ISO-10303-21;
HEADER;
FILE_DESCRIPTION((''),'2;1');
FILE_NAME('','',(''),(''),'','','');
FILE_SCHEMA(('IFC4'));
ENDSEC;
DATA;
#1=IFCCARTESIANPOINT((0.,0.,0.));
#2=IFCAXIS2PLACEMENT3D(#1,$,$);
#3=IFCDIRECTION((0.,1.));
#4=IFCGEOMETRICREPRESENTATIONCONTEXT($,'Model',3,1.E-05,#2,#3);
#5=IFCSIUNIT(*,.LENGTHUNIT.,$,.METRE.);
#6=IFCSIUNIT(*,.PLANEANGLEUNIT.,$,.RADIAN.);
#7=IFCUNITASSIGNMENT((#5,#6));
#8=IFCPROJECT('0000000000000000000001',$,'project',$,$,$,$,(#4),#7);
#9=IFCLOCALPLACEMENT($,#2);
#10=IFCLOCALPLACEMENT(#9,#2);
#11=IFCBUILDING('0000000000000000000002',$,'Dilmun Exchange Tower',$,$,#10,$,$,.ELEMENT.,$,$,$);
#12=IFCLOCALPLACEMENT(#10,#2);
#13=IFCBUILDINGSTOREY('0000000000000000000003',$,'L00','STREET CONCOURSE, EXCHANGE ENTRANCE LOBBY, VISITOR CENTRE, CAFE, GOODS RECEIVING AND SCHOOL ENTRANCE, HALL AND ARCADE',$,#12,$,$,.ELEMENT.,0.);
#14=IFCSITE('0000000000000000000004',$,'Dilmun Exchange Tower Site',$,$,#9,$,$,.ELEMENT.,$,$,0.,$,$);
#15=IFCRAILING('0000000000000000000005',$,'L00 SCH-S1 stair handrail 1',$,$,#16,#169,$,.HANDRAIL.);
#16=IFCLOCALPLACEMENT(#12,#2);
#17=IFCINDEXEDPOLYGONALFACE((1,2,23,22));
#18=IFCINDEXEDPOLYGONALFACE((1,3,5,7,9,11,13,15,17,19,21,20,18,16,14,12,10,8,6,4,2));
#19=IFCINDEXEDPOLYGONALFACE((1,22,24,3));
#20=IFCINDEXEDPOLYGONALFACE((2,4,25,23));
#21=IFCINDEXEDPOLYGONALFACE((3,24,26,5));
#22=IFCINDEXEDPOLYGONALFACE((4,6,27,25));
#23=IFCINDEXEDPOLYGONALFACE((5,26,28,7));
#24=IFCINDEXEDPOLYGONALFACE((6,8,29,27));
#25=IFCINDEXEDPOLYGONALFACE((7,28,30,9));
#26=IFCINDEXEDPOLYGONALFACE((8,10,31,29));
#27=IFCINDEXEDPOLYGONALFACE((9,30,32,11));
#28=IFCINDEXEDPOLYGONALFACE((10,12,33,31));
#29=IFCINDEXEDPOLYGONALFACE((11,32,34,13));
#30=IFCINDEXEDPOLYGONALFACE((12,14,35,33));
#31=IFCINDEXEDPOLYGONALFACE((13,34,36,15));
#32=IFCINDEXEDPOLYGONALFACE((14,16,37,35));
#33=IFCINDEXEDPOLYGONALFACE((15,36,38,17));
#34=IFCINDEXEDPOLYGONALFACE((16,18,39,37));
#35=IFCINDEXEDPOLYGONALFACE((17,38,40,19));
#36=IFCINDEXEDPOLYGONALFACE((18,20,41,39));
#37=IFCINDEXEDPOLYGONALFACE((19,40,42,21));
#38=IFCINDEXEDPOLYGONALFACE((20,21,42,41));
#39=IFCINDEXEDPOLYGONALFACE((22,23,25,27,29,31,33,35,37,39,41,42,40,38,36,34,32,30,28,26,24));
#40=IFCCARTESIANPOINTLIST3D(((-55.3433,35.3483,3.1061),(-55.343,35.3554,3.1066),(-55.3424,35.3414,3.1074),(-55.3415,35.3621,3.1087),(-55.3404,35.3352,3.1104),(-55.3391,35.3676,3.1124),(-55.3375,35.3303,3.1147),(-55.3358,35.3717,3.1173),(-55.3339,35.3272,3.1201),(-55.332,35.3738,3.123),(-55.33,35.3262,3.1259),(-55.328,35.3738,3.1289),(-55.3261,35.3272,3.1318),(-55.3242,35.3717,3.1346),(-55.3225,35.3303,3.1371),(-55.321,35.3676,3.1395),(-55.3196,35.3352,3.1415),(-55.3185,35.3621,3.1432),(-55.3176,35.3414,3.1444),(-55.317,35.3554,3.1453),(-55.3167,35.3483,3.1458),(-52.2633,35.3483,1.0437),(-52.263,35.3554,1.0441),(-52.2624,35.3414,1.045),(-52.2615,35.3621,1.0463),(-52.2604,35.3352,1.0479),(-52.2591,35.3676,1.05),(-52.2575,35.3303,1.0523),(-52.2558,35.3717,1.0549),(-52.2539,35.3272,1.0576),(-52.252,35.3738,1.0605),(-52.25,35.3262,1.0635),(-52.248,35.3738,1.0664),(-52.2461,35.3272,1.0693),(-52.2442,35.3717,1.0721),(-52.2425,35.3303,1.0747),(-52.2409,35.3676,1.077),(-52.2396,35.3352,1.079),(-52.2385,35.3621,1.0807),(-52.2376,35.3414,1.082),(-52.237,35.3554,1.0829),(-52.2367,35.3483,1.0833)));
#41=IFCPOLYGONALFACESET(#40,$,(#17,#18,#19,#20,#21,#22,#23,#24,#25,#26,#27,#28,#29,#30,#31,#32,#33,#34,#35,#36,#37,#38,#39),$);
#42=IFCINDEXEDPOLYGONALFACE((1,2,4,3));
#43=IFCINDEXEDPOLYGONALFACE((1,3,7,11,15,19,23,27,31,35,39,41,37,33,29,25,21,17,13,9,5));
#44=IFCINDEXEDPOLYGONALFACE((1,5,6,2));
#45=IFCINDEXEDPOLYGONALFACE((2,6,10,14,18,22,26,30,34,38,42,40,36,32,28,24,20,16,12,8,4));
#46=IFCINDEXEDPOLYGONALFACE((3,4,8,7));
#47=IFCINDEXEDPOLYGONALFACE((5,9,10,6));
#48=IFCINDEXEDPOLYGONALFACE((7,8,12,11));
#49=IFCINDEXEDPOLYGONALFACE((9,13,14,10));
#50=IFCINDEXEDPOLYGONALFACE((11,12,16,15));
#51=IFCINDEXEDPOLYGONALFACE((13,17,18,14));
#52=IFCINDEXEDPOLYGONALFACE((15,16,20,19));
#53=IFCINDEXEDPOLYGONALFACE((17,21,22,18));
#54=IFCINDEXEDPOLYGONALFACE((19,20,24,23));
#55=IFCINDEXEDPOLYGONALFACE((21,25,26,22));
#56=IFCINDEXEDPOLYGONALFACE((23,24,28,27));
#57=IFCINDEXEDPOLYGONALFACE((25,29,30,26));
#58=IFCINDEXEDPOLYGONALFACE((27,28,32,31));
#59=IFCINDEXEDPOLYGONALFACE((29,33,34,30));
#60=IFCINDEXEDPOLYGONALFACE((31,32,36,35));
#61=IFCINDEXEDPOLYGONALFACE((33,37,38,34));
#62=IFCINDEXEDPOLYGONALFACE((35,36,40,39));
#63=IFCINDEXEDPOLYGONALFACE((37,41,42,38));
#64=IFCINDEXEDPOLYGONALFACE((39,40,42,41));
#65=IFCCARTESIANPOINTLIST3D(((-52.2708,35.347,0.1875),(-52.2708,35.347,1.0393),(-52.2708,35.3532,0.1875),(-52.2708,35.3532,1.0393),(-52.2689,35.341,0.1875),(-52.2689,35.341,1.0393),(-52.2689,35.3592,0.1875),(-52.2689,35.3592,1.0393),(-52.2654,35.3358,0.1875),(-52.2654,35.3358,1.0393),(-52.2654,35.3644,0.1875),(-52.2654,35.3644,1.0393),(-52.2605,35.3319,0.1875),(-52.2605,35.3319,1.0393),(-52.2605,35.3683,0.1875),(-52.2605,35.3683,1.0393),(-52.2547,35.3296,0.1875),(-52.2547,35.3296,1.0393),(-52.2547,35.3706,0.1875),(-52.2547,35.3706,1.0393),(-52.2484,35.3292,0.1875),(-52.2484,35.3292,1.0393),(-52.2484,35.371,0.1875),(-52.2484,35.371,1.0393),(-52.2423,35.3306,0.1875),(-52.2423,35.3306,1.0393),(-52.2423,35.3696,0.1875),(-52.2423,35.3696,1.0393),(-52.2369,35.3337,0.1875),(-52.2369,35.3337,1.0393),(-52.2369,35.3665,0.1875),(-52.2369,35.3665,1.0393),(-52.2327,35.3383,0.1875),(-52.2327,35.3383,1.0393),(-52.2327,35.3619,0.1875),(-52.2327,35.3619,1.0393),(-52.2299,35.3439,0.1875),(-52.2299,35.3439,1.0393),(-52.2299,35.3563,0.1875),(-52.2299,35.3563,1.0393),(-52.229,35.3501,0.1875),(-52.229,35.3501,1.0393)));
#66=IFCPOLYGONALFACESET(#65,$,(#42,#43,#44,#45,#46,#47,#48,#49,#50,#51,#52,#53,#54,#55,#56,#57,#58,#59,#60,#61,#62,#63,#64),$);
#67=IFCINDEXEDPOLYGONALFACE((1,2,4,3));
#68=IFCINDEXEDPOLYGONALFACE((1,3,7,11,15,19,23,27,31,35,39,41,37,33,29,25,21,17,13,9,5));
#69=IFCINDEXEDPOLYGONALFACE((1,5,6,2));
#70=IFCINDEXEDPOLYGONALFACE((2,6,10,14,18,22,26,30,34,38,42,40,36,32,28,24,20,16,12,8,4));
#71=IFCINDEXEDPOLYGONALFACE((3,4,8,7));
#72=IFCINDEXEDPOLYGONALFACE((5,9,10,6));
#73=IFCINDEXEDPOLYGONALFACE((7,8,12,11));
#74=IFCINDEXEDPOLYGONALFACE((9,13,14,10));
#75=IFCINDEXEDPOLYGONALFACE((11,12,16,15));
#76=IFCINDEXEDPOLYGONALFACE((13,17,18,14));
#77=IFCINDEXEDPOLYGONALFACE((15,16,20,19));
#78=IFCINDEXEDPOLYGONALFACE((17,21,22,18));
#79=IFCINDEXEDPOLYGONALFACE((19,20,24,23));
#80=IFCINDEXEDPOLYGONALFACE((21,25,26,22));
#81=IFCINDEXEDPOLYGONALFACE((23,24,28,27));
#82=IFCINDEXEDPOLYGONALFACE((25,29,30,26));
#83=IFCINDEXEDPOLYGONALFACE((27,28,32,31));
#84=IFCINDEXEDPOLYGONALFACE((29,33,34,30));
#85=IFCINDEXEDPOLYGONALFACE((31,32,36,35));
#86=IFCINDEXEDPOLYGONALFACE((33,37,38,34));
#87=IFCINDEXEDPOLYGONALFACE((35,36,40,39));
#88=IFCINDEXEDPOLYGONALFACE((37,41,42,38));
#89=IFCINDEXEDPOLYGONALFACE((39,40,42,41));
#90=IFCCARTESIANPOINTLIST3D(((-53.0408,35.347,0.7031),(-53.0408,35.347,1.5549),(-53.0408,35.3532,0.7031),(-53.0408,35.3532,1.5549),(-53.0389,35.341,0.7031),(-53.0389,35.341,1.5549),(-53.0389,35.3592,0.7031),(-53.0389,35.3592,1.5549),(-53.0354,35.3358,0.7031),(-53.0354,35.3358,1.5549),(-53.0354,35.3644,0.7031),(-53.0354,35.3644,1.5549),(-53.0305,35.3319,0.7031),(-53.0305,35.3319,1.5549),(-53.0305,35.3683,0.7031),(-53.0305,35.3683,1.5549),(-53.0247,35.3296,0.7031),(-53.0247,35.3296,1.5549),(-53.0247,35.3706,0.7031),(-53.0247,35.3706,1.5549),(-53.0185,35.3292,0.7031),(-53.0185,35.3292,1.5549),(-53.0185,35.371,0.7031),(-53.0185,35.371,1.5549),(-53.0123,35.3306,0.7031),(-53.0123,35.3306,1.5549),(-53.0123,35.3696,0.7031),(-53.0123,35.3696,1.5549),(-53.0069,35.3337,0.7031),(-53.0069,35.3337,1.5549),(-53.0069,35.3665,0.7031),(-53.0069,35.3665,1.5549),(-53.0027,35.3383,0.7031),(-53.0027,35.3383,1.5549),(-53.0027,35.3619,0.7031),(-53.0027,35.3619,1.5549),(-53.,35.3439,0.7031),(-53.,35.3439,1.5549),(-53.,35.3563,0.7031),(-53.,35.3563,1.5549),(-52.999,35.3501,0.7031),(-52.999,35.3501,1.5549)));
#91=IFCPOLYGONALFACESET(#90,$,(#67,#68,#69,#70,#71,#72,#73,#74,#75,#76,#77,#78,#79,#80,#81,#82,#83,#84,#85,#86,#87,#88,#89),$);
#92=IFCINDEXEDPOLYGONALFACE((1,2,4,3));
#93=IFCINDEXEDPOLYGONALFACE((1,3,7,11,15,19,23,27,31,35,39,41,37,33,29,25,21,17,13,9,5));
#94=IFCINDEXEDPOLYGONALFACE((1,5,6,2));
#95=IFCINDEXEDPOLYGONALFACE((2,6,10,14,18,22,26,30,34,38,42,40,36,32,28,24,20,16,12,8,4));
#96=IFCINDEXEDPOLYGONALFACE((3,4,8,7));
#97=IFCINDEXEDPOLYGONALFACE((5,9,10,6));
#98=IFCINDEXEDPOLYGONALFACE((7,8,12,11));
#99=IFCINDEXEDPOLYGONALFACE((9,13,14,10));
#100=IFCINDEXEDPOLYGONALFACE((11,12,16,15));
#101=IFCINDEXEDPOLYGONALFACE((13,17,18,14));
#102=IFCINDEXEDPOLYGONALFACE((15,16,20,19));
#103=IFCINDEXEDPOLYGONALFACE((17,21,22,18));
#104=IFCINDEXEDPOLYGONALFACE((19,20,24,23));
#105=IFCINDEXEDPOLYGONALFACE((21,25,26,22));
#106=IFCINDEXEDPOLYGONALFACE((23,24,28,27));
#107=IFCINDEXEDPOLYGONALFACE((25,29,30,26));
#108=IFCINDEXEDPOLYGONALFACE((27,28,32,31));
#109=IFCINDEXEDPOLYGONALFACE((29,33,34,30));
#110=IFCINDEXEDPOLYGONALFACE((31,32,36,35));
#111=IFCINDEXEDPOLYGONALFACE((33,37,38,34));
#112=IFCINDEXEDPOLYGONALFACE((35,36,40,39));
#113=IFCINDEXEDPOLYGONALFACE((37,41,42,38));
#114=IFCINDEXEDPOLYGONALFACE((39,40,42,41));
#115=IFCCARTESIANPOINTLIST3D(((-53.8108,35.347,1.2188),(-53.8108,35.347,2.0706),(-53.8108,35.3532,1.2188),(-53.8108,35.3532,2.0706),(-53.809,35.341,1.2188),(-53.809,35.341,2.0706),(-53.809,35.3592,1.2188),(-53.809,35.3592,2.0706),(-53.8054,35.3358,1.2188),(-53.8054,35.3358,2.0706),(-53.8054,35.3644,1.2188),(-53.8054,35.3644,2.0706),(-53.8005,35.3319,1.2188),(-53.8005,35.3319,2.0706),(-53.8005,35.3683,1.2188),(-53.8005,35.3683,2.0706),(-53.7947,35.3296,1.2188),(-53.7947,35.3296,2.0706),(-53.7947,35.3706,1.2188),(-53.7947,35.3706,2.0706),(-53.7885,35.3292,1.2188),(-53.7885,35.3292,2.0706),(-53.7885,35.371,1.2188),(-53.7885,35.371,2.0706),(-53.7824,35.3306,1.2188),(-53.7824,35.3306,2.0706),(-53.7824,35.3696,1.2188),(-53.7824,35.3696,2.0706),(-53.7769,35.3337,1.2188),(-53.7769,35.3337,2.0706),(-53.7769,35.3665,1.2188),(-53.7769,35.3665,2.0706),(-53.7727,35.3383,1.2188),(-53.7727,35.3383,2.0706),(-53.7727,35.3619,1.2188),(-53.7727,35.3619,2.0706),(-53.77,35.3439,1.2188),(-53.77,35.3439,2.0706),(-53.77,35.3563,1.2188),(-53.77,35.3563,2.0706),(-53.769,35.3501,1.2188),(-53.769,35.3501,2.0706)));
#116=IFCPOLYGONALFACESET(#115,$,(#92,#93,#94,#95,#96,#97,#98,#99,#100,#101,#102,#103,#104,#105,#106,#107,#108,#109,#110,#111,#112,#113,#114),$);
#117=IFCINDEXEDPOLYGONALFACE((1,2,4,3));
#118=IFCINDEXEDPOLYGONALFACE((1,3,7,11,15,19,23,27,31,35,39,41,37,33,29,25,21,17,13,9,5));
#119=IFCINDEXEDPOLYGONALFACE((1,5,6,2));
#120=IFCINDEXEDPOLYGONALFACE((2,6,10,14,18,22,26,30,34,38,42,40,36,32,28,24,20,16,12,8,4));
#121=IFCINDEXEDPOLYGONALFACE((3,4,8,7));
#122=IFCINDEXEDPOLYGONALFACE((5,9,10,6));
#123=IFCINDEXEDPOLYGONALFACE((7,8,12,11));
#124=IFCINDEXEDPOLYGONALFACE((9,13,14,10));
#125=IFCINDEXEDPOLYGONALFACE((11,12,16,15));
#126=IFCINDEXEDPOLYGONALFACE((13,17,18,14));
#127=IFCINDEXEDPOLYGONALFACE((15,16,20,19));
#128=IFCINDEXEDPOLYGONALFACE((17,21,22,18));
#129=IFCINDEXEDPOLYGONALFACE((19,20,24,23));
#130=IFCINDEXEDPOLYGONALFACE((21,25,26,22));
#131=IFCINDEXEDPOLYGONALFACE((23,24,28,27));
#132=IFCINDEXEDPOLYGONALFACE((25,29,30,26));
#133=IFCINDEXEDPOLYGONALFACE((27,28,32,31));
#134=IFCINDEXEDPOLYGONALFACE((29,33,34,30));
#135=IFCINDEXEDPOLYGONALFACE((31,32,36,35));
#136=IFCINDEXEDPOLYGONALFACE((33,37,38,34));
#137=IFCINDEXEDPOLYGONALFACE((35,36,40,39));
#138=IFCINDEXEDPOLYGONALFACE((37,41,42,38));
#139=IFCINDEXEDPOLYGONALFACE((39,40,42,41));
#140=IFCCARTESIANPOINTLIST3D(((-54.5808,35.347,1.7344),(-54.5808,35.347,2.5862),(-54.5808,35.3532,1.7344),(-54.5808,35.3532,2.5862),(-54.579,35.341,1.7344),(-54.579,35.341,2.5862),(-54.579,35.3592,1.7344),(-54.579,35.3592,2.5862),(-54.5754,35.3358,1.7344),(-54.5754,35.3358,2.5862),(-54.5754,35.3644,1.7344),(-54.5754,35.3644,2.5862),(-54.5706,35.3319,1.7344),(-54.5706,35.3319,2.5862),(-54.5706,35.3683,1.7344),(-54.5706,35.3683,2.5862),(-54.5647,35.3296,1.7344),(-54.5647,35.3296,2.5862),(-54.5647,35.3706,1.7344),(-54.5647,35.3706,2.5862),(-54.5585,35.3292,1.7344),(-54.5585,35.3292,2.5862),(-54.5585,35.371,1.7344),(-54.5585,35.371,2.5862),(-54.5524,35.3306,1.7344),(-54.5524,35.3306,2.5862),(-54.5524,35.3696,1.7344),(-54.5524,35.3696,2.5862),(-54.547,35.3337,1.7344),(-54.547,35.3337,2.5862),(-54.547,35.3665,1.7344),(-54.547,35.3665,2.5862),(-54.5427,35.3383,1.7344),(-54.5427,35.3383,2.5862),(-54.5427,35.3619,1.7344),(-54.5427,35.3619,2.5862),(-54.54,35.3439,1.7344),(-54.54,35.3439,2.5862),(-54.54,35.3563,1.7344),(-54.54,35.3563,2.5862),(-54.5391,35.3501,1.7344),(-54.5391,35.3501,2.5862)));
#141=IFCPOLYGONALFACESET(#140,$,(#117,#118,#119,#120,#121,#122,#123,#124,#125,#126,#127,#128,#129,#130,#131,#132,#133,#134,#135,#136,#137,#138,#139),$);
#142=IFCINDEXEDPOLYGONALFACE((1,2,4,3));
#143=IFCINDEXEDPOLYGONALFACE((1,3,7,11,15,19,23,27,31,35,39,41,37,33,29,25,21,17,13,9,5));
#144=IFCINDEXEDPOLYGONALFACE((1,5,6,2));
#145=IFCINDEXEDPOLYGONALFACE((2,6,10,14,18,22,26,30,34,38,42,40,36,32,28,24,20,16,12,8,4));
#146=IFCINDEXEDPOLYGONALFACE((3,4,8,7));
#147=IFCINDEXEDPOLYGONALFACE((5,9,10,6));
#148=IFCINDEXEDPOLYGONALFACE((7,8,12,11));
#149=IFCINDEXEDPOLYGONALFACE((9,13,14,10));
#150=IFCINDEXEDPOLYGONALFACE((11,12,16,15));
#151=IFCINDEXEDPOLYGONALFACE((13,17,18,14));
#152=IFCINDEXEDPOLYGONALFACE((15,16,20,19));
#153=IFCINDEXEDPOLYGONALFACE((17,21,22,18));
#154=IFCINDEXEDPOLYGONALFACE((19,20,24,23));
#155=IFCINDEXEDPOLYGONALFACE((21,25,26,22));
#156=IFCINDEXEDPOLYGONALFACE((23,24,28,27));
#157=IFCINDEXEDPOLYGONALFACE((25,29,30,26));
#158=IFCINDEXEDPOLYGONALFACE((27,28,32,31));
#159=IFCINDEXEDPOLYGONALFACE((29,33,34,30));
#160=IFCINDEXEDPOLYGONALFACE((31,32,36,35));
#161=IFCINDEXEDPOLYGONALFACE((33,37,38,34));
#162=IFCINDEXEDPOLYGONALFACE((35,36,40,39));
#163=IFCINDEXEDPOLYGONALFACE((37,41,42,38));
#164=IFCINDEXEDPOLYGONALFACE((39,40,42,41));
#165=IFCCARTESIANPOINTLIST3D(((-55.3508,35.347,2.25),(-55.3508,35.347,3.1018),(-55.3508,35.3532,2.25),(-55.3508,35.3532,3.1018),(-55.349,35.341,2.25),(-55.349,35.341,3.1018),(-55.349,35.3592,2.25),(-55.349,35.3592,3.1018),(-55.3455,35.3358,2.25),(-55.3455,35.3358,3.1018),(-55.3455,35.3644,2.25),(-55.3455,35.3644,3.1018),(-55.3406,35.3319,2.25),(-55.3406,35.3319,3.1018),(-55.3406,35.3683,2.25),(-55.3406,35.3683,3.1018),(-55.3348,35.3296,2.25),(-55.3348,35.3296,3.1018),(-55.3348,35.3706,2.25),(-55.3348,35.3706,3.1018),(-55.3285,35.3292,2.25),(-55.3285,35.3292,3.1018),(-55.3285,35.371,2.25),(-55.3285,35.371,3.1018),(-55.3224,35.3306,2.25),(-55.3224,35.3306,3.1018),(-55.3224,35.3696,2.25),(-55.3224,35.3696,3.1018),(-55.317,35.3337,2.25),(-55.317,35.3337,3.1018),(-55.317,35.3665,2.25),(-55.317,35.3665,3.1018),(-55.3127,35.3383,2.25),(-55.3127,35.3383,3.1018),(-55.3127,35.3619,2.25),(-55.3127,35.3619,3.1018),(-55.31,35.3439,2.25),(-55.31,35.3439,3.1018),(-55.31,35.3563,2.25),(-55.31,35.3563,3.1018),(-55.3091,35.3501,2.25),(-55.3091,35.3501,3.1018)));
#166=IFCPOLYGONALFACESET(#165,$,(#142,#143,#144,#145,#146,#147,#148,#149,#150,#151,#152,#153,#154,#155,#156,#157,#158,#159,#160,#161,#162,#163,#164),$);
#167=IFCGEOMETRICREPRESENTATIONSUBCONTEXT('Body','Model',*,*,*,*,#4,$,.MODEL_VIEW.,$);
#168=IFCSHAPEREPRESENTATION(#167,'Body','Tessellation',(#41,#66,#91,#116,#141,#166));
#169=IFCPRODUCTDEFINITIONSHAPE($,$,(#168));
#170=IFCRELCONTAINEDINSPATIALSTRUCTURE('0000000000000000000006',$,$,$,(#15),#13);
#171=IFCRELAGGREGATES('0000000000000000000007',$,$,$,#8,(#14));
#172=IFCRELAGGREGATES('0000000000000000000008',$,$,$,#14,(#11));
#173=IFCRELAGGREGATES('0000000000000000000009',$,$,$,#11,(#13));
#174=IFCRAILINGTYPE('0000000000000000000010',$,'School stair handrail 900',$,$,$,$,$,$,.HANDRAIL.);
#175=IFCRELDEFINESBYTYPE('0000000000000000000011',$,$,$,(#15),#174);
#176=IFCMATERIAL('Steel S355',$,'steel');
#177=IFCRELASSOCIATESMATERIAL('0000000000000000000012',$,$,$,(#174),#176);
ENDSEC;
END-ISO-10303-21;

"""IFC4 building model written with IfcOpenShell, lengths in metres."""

from ifc_helpers import new_model, si_unit, direction, frame, origin, origin_2d, place, context, subcontext, project, spatial, circle, extrude, material, type_object, element, save


model = new_model("IFC4")

# Units and contexts
model_context = context("Model", 3, precision=1e-05, world=origin(), true_north=direction((0.0, 1.0)))
body_context = subcontext(model_context, "Body", "Model", "MODEL_VIEW")
ifc_project = project(units=[si_unit("LENGTHUNIT", "METRE"), si_unit("PLANEANGLEUNIT", "RADIAN")], contexts=[model_context])

# Site, building, storey
site_placement = place(None, origin())
site = spatial("IfcSite", under=ifc_project, at=site_placement, Name="Dilmun Exchange Tower Site", CompositionType="ELEMENT", RefElevation=0.0)
building_placement = place(site_placement, origin())
building = spatial("IfcBuilding", under=site, at=building_placement, Name="Dilmun Exchange Tower", CompositionType="ELEMENT")
storey_placement = place(building_placement, origin())
storey = spatial("IfcBuildingStorey", under=building, at=storey_placement, Name="L00", Description="STREET CONCOURSE, EXCHANGE ENTRANCE LOBBY, VISITOR CENTRE, CAFE, GOODS RECEIVING AND SCHOOL ENTRANCE, HALL AND ARCADE", CompositionType="ELEMENT", Elevation=0.0)

# Railing
ifc_material_1 = material(Name="Steel S355", Category="steel")
railing_type_1 = type_object("IfcRailingType", Name="School stair handrail 900", PredefinedType="HANDRAIL", material=ifc_material_1)
railing_1_placement = place(storey_placement, frame((-52.25, 35.3501, 0.1875)))
element("IfcRailing", 1, at=railing_1_placement, inside=storey, type_object=railing_type_1, Name="L00 SCH-S1 stair handrail 1", PredefinedType="HANDRAIL", context=body_context, shape_type="SweptSolid", body=[
    extrude(circle(Radius=0.0239, at=origin_2d()), frame((0.0, 0.0, 0.876), z_axis=(-0.830914, 0.0, 0.556401), x_axis=(0.0, -1.0, 0.0)), (0.0, 0.0, 1.0), 3.7068),
    extrude(circle(Radius=0.021, at=origin_2d()), origin(), (0.0, 0.0, 1.0), 0.8518),
    extrude(circle(Radius=0.021, at=origin_2d()), frame((-0.77, 0.0, 0.5156)), (0.0, 0.0, 1.0), 0.8518),
    extrude(circle(Radius=0.021, at=origin_2d()), frame((-1.54, 0.0, 1.0312)), (0.0, 0.0, 1.0), 0.8518),
    extrude(circle(Radius=0.021, at=origin_2d()), frame((-2.3101, 0.0, 1.5469)), (0.0, 0.0, 1.0), 0.8518),
    extrude(circle(Radius=0.021, at=origin_2d()), frame((-3.0801, 0.0, 2.0625)), (0.0, 0.0, 1.0), 0.8518),
])

save(model, "model.ifc")
